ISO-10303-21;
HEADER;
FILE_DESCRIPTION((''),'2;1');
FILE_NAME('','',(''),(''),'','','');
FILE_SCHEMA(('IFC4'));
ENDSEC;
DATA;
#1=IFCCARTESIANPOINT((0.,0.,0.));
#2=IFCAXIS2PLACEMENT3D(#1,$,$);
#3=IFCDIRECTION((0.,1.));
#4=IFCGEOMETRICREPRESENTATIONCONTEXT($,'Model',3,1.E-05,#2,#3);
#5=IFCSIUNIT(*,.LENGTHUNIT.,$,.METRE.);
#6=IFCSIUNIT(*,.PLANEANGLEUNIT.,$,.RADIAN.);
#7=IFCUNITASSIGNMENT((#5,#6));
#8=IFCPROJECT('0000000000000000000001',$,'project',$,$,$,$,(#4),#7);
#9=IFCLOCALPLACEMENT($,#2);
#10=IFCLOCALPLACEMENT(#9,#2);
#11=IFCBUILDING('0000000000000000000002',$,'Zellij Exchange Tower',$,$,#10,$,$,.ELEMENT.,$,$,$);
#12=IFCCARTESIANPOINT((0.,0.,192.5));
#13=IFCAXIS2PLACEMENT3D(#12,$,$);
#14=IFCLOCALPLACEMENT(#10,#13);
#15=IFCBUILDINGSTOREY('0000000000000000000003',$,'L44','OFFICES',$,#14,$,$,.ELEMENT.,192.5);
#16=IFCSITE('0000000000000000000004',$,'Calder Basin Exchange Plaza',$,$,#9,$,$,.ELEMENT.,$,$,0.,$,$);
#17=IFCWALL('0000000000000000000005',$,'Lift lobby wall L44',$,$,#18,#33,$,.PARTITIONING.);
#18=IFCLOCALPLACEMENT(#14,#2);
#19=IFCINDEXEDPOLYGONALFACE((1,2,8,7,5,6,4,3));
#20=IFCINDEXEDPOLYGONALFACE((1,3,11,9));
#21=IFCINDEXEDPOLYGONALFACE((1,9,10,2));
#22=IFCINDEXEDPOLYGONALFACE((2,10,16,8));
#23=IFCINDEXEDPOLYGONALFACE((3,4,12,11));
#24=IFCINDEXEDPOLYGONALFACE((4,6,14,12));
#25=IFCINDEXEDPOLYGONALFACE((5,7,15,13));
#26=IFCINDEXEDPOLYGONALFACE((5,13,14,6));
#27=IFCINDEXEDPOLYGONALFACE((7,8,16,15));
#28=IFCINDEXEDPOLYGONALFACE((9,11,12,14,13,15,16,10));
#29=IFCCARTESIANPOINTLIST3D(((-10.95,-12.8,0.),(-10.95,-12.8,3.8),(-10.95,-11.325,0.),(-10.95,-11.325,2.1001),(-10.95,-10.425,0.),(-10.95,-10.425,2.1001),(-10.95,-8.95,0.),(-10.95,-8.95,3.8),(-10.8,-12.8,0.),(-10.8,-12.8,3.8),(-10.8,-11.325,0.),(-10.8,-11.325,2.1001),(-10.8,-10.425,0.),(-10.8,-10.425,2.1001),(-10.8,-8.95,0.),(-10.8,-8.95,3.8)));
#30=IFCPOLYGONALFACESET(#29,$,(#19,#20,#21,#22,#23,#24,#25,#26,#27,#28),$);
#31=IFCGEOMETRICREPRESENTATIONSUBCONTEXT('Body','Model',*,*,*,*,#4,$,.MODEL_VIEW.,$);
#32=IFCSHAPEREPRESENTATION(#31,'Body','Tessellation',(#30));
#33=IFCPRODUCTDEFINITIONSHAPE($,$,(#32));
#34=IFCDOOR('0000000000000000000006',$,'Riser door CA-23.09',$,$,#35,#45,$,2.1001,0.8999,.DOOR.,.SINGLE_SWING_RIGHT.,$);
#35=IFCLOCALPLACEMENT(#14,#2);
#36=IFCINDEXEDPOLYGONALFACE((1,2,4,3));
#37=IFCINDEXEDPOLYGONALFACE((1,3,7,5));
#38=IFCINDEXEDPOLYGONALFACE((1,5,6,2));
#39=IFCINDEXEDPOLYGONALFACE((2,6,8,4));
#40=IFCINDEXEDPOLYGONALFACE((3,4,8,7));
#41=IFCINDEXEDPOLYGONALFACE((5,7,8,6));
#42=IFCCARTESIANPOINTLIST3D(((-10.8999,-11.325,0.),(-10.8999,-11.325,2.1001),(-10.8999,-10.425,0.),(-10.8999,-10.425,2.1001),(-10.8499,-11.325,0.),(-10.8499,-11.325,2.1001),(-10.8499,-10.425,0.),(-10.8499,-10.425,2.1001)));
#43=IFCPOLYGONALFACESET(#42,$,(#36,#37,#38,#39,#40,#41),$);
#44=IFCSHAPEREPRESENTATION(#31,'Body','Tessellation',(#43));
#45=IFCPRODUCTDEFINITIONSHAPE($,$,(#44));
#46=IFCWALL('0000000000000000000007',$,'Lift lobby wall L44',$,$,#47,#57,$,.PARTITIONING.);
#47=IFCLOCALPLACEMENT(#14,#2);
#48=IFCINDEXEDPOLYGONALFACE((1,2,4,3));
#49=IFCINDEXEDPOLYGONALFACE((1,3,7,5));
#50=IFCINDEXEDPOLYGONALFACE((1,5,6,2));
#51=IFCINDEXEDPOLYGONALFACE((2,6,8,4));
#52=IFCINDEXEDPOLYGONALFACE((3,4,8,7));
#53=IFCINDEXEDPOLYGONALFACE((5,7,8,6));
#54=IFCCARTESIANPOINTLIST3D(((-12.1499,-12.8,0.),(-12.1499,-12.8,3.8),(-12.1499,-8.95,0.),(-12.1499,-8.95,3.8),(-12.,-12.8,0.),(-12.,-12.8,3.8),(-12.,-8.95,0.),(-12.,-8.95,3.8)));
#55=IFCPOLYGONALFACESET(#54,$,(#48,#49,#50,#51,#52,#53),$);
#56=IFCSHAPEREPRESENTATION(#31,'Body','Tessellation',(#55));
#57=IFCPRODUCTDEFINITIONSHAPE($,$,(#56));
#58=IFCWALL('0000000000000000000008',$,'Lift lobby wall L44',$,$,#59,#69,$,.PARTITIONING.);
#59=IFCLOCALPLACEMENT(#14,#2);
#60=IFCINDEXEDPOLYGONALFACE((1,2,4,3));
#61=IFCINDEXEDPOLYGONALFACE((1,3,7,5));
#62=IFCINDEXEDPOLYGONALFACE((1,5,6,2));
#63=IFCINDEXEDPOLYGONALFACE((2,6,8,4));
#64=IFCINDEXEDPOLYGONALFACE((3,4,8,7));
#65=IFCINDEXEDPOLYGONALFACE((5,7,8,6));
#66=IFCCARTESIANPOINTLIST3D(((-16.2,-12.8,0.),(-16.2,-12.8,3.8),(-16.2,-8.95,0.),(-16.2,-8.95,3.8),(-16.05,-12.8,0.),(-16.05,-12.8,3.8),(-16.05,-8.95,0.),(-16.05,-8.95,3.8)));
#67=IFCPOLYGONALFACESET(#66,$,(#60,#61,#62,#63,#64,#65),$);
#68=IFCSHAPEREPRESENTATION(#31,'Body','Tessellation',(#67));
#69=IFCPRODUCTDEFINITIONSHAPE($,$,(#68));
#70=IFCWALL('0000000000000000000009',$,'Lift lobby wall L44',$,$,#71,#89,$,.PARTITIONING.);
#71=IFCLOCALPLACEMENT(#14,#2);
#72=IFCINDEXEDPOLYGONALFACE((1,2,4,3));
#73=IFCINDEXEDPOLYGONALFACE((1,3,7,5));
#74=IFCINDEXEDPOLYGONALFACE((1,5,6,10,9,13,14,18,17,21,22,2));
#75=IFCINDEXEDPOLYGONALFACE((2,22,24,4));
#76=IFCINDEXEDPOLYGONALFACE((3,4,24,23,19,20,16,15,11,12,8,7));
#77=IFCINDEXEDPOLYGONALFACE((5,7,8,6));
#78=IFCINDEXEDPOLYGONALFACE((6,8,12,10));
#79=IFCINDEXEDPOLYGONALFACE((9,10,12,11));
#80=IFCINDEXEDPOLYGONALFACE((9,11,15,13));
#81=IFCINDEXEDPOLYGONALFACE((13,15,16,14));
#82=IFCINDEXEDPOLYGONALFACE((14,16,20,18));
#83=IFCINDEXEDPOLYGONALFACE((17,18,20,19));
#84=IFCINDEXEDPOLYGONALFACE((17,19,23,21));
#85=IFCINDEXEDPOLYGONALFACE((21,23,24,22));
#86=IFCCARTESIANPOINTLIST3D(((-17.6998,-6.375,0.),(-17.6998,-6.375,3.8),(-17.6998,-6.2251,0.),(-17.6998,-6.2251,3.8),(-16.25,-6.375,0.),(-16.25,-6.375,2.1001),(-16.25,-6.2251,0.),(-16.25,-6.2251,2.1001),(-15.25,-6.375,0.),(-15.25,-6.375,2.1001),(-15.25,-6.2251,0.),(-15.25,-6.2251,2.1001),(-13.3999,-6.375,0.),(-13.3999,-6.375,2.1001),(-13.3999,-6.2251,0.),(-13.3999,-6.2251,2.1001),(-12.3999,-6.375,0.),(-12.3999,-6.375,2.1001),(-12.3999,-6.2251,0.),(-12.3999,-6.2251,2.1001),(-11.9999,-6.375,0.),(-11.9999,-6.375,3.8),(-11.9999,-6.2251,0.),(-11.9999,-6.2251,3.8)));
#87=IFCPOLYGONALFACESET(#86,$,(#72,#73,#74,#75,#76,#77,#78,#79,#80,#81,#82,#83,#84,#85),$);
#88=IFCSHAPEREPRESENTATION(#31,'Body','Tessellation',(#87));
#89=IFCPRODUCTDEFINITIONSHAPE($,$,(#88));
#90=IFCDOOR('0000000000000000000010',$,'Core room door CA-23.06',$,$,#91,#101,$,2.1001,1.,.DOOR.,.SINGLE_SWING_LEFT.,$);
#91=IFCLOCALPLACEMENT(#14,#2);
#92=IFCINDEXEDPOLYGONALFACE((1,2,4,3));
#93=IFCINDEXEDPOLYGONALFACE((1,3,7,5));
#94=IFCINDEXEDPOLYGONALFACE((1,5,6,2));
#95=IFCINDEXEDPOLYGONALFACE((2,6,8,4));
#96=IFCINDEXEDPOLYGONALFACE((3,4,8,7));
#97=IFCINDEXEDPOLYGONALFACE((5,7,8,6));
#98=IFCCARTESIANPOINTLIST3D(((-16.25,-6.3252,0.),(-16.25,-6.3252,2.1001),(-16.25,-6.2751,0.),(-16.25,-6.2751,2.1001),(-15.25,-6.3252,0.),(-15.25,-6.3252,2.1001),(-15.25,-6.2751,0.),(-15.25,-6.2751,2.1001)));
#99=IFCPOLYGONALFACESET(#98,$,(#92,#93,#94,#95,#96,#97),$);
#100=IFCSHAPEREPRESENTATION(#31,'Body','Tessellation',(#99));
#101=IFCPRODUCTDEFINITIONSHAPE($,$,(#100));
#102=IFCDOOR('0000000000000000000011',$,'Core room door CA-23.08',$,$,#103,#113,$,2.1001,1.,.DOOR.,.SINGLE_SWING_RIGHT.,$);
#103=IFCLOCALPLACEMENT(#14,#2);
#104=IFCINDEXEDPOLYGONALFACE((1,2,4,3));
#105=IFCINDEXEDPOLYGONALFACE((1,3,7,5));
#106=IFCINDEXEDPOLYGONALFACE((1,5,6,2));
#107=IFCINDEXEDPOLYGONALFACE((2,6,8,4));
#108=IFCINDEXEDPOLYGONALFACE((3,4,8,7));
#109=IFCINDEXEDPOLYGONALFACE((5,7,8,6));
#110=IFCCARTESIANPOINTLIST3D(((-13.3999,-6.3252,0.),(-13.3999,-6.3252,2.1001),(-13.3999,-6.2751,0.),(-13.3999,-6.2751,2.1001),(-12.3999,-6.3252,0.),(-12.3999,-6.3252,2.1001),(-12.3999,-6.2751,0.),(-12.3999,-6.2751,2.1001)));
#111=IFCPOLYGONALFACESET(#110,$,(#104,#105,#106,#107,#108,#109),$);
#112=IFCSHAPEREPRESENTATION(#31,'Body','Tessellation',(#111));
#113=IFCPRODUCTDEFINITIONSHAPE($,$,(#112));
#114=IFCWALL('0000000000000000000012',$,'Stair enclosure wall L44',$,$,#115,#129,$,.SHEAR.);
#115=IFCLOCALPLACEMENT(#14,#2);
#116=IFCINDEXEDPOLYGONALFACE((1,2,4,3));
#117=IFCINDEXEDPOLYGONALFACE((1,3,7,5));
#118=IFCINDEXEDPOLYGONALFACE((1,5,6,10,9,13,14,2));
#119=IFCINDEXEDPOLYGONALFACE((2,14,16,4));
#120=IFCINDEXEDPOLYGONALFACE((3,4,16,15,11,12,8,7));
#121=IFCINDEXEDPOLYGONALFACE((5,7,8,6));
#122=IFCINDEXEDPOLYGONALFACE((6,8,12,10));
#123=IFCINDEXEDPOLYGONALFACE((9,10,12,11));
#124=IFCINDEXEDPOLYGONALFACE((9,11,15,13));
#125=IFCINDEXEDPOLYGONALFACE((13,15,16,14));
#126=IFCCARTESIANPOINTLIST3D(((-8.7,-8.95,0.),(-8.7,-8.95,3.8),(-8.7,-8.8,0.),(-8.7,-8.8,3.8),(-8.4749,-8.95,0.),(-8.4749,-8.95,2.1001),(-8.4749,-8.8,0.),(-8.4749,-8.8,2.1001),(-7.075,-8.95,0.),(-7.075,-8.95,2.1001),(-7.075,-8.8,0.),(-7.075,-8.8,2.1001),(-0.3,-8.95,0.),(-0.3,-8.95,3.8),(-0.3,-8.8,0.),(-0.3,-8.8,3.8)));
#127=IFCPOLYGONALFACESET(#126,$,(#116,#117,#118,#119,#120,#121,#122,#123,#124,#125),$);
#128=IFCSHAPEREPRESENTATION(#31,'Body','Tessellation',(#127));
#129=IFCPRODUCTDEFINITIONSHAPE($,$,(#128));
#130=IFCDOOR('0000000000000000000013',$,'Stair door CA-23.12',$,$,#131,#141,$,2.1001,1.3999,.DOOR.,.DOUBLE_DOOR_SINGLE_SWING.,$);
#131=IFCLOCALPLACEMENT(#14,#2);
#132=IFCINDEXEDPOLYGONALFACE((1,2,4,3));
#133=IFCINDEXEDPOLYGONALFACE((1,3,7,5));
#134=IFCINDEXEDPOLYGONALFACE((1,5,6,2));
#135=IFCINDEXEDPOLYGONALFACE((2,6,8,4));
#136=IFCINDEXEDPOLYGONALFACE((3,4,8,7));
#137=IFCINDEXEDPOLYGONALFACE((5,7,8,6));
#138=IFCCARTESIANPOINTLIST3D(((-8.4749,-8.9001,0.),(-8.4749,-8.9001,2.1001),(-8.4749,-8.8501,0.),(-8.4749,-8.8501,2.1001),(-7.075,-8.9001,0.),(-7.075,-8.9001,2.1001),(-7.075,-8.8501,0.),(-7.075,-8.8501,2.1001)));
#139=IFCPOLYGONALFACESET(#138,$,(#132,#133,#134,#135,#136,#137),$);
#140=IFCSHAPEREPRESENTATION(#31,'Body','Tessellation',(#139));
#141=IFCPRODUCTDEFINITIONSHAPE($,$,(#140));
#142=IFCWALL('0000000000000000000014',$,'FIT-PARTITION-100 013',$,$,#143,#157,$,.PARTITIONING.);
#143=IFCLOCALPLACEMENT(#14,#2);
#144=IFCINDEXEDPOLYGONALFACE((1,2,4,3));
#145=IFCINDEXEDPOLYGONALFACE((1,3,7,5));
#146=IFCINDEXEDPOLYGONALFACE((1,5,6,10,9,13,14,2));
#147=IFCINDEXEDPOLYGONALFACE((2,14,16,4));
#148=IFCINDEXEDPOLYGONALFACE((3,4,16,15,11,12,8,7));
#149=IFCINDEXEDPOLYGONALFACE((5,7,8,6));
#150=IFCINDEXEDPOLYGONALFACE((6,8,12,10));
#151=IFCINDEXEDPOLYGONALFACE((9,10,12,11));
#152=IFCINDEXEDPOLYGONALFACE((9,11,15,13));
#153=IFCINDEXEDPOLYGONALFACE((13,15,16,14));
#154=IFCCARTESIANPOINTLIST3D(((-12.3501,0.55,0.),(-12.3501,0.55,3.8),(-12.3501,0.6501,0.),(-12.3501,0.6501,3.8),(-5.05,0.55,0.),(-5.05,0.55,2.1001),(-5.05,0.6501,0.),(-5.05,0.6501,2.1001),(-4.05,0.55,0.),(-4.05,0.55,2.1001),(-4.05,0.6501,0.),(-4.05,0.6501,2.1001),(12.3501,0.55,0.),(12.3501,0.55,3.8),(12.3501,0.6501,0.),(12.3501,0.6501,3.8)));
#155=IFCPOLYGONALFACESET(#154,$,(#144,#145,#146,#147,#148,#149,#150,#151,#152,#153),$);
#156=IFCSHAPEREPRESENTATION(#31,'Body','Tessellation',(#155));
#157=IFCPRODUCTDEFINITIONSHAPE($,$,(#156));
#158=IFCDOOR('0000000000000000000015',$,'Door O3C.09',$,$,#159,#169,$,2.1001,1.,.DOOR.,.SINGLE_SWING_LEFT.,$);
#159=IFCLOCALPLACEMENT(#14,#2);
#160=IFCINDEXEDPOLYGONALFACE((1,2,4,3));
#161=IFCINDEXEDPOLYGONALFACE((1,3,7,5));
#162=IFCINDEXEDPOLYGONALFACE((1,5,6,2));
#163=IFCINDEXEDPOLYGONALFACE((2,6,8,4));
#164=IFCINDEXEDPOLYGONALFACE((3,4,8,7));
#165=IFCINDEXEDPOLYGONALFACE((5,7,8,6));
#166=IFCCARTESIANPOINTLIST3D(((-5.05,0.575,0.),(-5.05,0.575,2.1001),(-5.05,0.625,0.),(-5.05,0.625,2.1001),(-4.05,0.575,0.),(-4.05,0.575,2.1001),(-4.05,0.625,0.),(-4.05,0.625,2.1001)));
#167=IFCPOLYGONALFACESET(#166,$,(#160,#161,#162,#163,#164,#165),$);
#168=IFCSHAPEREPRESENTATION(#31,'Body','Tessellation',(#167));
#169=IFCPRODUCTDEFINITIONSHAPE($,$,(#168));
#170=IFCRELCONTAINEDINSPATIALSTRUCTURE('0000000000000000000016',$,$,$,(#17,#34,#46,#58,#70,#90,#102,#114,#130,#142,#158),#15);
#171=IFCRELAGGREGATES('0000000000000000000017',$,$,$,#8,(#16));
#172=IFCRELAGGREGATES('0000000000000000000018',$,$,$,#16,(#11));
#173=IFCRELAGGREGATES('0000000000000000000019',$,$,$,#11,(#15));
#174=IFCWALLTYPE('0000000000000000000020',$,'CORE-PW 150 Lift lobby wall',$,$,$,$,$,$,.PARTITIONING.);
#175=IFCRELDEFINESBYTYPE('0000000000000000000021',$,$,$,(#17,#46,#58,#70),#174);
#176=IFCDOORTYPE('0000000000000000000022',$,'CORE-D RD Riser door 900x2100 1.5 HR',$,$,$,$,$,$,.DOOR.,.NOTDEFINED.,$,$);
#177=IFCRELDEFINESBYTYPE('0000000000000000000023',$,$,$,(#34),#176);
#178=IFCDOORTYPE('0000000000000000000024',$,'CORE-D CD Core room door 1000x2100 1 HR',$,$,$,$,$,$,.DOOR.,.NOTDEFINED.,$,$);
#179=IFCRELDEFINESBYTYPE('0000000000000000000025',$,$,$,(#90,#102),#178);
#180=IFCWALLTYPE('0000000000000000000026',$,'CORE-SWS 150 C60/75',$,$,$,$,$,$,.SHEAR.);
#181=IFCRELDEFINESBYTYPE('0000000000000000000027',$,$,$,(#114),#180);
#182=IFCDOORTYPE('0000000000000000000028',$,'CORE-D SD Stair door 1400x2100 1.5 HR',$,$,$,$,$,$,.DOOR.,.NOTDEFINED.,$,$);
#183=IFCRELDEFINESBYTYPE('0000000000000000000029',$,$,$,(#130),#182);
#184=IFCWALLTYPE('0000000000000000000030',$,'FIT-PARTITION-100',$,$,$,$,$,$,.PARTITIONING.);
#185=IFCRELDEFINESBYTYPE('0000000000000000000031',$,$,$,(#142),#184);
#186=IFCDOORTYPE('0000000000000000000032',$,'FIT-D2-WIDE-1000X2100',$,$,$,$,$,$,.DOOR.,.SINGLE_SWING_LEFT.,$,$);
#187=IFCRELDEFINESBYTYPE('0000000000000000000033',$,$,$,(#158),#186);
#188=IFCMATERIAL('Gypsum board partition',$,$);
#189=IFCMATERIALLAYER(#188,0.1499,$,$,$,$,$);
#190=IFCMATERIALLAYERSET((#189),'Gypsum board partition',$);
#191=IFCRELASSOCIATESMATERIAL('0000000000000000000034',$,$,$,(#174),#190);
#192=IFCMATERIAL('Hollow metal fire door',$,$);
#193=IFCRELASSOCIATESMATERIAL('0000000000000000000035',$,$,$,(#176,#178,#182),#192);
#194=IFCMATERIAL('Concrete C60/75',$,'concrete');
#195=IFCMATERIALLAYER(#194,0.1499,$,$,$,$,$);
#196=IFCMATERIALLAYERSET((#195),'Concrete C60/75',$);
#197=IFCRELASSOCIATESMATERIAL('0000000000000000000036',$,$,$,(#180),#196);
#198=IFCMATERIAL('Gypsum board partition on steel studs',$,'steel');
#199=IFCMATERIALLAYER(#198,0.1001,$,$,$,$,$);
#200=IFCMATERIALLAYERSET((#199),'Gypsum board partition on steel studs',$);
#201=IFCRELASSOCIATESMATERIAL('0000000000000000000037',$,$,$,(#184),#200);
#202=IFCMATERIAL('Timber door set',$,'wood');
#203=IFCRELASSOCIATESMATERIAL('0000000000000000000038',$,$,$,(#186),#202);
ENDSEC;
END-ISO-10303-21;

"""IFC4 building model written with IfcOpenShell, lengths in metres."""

from ifc_helpers import new_model, si_unit, direction, frame, frame_2d, origin, place, context, subcontext, project, spatial, rectangle, extrude, material, layer, layer_set, type_object, element, fill, save


model = new_model("IFC4")

# Units and contexts
model_context = context("Model", 3, precision=1e-05, world=origin(), true_north=direction((0.0, 1.0)))
body_context = subcontext(model_context, "Body", "Model", "MODEL_VIEW")
ifc_project = project(units=[si_unit("LENGTHUNIT", "METRE"), si_unit("PLANEANGLEUNIT", "RADIAN")], contexts=[model_context])

# Site, building, storey
site_placement = place(None, origin())
site = spatial("IfcSite", under=ifc_project, at=site_placement, Name="Calder Basin Exchange Plaza", CompositionType="ELEMENT", RefElevation=0.0)
building_placement = place(site_placement, origin())
building = spatial("IfcBuilding", under=site, at=building_placement, Name="Zellij Exchange Tower", CompositionType="ELEMENT")
storey_placement = place(building_placement, frame((0.0, 0.0, 192.5)))
storey = spatial("IfcBuildingStorey", under=building, at=storey_placement, Name="L44", Description="OFFICES", CompositionType="ELEMENT", Elevation=192.5)

# Shared definitions
ifc_material_1 = material(Name="Concrete C60/75", Category="concrete")

# Shared definitions
ifc_material_2 = material(Name="Hollow metal fire door")

# Shared definitions
ifc_material_3 = material(Name="Gypsum board partition")
ifc_layer_1 = layer(ifc_material_3, 0.1499)
ifc_layer_set_1 = layer_set([ifc_layer_1], Name="Gypsum board partition")
wall_type_1 = type_object("IfcWallType", Name="CORE-PW 150 Lift lobby wall", PredefinedType="PARTITIONING", material=ifc_layer_set_1)

# Wall, opening, door
wall_1_placement = place(storey_placement, frame((-10.875, -12.8, 0.0), z_axis=(0.0, 0.0, 1.0), x_axis=(0.0, 1.0, 0.0)))
wall_1 = element("IfcWall", 1, at=wall_1_placement, inside=storey, type_object=wall_type_1, Name="Lift lobby wall L44", PredefinedType="PARTITIONING", context=body_context, shape_type="SweptSolid", body=[
    extrude(rectangle(XDim=3.8501, YDim=0.1499, at=frame_2d((1.925, 0.0))), origin(), (0.0, 0.0, 1.0), 3.8),
])
opening_1_placement = place(wall_1_placement, frame((1.4751, 0.0, 0.0)))
opening_1 = element("IfcOpeningElement", 2, at=opening_1_placement, cuts=wall_1, PredefinedType="OPENING", context=body_context, shape_type="SweptSolid", body=[
    extrude(rectangle(XDim=0.8999, YDim=2.1001, at=frame_2d((0.45, 1.05))), frame((0.0, 0.0869, 0.0), z_axis=(0.0, -1.0, 0.0), x_axis=(1.0, 0.0, 0.0)), (0.0, 0.0, 1.0), 0.1738),
])
door_type_1 = type_object("IfcDoorType", Name="CORE-D RD Riser door 900x2100 1.5 HR", OperationType="NOTDEFINED", PredefinedType="DOOR", material=ifc_material_2)
door_1_placement = place(opening_1_placement, origin())
door_1 = element("IfcDoor", 3, at=door_1_placement, inside=storey, type_object=door_type_1, Name="Riser door CA-23.09", OperationType="SINGLE_SWING_RIGHT", OverallHeight=2.1001, OverallWidth=0.8999, PredefinedType="DOOR", context=body_context, shape_type="SweptSolid", body=[
    extrude(rectangle(XDim=0.8999, YDim=2.1001, at=frame_2d((0.45, 1.05))), frame((0.0, 0.0249, 0.0), z_axis=(0.0, -1.0, 0.0), x_axis=(1.0, 0.0, 0.0)), (0.0, 0.0, 1.0), 0.05),
])
fill(opening_1, door_1)

# Walls
for number, where, z_axis, x_axis, name in (
    (4, (-12.075, -12.8, 0.0), (0.0, 0.0, 1.0), (0.0, 1.0, 0.0), "Lift lobby wall L44"),
    (5, (-16.125, -12.8, 0.0), (0.0, 0.0, 1.0), (0.0, 1.0, 0.0), "Lift lobby wall L44"),
):
    element("IfcWall", number, at=place(storey_placement, frame(where, z_axis=z_axis, x_axis=x_axis)), inside=storey, type_object=wall_type_1, Name=name, PredefinedType="PARTITIONING", context=body_context, shape_type="SweptSolid", body=[
        extrude(rectangle(XDim=3.8501, YDim=0.1499, at=frame_2d((1.925, 0.0))), origin(), (0.0, 0.0, 1.0), 3.8),
    ])

# Wall, openings, doors
wall_2_placement = place(storey_placement, frame((-17.7, -6.3, 0.0), z_axis=(0.0, 0.0, 1.0), x_axis=(1.0, 0.0, 0.0)))
wall_2 = element("IfcWall", 6, at=wall_2_placement, inside=storey, type_object=wall_type_1, Name="Lift lobby wall L44", PredefinedType="PARTITIONING", context=body_context, shape_type="SweptSolid", body=[
    extrude(rectangle(XDim=5.7, YDim=0.1499, at=frame_2d((2.8501, 0.0))), origin(), (0.0, 0.0, 1.0), 3.8),
])
opening_2_placement = place(wall_2_placement, frame((1.45, 0.0, 0.0)))
opening_2 = element("IfcOpeningElement", 7, at=opening_2_placement, cuts=wall_2, PredefinedType="OPENING", context=body_context, shape_type="SweptSolid", body=[
    extrude(rectangle(XDim=1.0, YDim=2.1001, at=frame_2d((0.5, 1.05))), frame((0.0, 0.0869, 0.0), z_axis=(0.0, -1.0, 0.0), x_axis=(1.0, 0.0, 0.0)), (0.0, 0.0, 1.0), 0.1738),
])
opening_3_placement = place(wall_2_placement, frame((4.3, 0.0, 0.0)))
opening_3 = element("IfcOpeningElement", 8, at=opening_3_placement, cuts=wall_2, PredefinedType="OPENING", context=body_context, shape_type="SweptSolid", body=[
    extrude(rectangle(XDim=1.0, YDim=2.1001, at=frame_2d((0.5, 1.05))), frame((0.0, 0.0869, 0.0), z_axis=(0.0, -1.0, 0.0), x_axis=(1.0, 0.0, 0.0)), (0.0, 0.0, 1.0), 0.1738),
])
door_type_2 = type_object("IfcDoorType", Name="CORE-D CD Core room door 1000x2100 1 HR", OperationType="NOTDEFINED", PredefinedType="DOOR", material=ifc_material_2)
door_2_placement = place(opening_2_placement, origin())
door_2 = element("IfcDoor", 9, at=door_2_placement, inside=storey, type_object=door_type_2, Name="Core room door CA-23.06", OperationType="SINGLE_SWING_LEFT", OverallHeight=2.1001, OverallWidth=1.0, PredefinedType="DOOR", context=body_context, shape_type="SweptSolid", body=[
    extrude(rectangle(XDim=1.0, YDim=2.1001, at=frame_2d((0.5, 1.05))), frame((0.0, 0.0249, 0.0), z_axis=(0.0, -1.0, 0.0), x_axis=(1.0, 0.0, 0.0)), (0.0, 0.0, 1.0), 0.05),
])
fill(opening_2, door_2)
door_3_placement = place(opening_3_placement, origin())
door_3 = element("IfcDoor", 10, at=door_3_placement, inside=storey, type_object=door_type_2, Name="Core room door CA-23.08", OperationType="SINGLE_SWING_RIGHT", OverallHeight=2.1001, OverallWidth=1.0, PredefinedType="DOOR", context=body_context, shape_type="SweptSolid", body=[
    extrude(rectangle(XDim=1.0, YDim=2.1001, at=frame_2d((0.5, 1.05))), frame((0.0, 0.0249, 0.0), z_axis=(0.0, -1.0, 0.0), x_axis=(1.0, 0.0, 0.0)), (0.0, 0.0, 1.0), 0.05),
])
fill(opening_3, door_3)

# Walls, openings, doors
ifc_layer_2 = layer(ifc_material_1, 0.1499)
ifc_layer_set_2 = layer_set([ifc_layer_2], Name="Concrete C60/75")
wall_type_2 = type_object("IfcWallType", Name="CORE-SWS 150 C60/75", PredefinedType="SHEAR", material=ifc_layer_set_2)
wall_3_placement = place(storey_placement, frame((-8.7, -8.875, 0.0), z_axis=(0.0, 0.0, 1.0), x_axis=(1.0, 0.0, 0.0)))
wall_3 = element("IfcWall", 11, at=wall_3_placement, inside=storey, type_object=wall_type_2, Name="Stair enclosure wall L44", PredefinedType="SHEAR", context=body_context, shape_type="SweptSolid", body=[
    extrude(rectangle(XDim=8.3999, YDim=0.1499, at=frame_2d((4.2, 0.0))), origin(), (0.0, 0.0, 1.0), 3.8),
])
opening_4_placement = place(wall_3_placement, frame((0.2251, 0.0, 0.0)))
opening_4 = element("IfcOpeningElement", 12, at=opening_4_placement, cuts=wall_3, PredefinedType="OPENING", context=body_context, shape_type="SweptSolid", body=[
    extrude(rectangle(XDim=1.3999, YDim=2.1001, at=frame_2d((0.7, 1.05))), frame((0.0, 0.0869, 0.0), z_axis=(0.0, -1.0, 0.0), x_axis=(1.0, 0.0, 0.0)), (0.0, 0.0, 1.0), 0.1738),
])
door_type_3 = type_object("IfcDoorType", Name="CORE-D SD Stair door 1400x2100 1.5 HR", OperationType="NOTDEFINED", PredefinedType="DOOR", material=ifc_material_2)
door_4_placement = place(opening_4_placement, origin())
door_4 = element("IfcDoor", 13, at=door_4_placement, inside=storey, type_object=door_type_3, Name="Stair door CA-23.12", OperationType="DOUBLE_DOOR_SINGLE_SWING", OverallHeight=2.1001, OverallWidth=1.3999, PredefinedType="DOOR", context=body_context, shape_type="SweptSolid", body=[
    extrude(rectangle(XDim=1.3999, YDim=2.1001, at=frame_2d((0.7, 1.05))), frame((0.0, 0.0249, 0.0), z_axis=(0.0, -1.0, 0.0), x_axis=(1.0, 0.0, 0.0)), (0.0, 0.0, 1.0), 0.05),
])
fill(opening_4, door_4)
ifc_material_4 = material(Name="Gypsum board partition on steel studs", Category="steel")
ifc_layer_3 = layer(ifc_material_4, 0.1001)
ifc_layer_set_3 = layer_set([ifc_layer_3], Name="Gypsum board partition on steel studs")
wall_type_3 = type_object("IfcWallType", Name="FIT-PARTITION-100", PredefinedType="PARTITIONING", material=ifc_layer_set_3)
wall_4_placement = place(storey_placement, frame((-12.3501, 0.6001, 0.0), z_axis=(0.0, 0.0, 1.0), x_axis=(1.0, 0.0, 0.0)))
wall_4 = element("IfcWall", 14, at=wall_4_placement, inside=storey, type_object=wall_type_3, Name="FIT-PARTITION-100 013", PredefinedType="PARTITIONING", context=body_context, shape_type="SweptSolid", body=[
    extrude(rectangle(XDim=24.7002, YDim=0.1001, at=frame_2d((12.3501, 0.0))), origin(), (0.0, 0.0, 1.0), 3.8),
])
opening_5_placement = place(wall_4_placement, frame((7.3, 0.0, 0.0)))
opening_5 = element("IfcOpeningElement", 15, at=opening_5_placement, cuts=wall_4, PredefinedType="OPENING", context=body_context, shape_type="SweptSolid", body=[
    extrude(rectangle(XDim=1.0, YDim=2.1001, at=frame_2d((0.5, 1.05))), frame((0.0, 0.062, 0.0), z_axis=(0.0, -1.0, 0.0), x_axis=(1.0, 0.0, 0.0)), (0.0, 0.0, 1.0), 0.124),
])
ifc_material_5 = material(Name="Timber door set", Category="wood")
door_type_4 = type_object("IfcDoorType", Name="FIT-D2-WIDE-1000X2100", OperationType="SINGLE_SWING_LEFT", PredefinedType="DOOR", material=ifc_material_5)
door_5_placement = place(opening_5_placement, origin())
door_5 = element("IfcDoor", 16, at=door_5_placement, inside=storey, type_object=door_type_4, Name="Door O3C.09", OperationType="SINGLE_SWING_LEFT", OverallHeight=2.1001, OverallWidth=1.0, PredefinedType="DOOR", context=body_context, shape_type="SweptSolid", body=[
    extrude(rectangle(XDim=1.0, YDim=2.1001, at=frame_2d((0.5, 1.05))), frame((0.0, 0.0249, 0.0), z_axis=(0.0, -1.0, 0.0), x_axis=(1.0, 0.0, 0.0)), (0.0, 0.0, 1.0), 0.05),
])
fill(opening_5, door_5)

save(model, "model.ifc")
